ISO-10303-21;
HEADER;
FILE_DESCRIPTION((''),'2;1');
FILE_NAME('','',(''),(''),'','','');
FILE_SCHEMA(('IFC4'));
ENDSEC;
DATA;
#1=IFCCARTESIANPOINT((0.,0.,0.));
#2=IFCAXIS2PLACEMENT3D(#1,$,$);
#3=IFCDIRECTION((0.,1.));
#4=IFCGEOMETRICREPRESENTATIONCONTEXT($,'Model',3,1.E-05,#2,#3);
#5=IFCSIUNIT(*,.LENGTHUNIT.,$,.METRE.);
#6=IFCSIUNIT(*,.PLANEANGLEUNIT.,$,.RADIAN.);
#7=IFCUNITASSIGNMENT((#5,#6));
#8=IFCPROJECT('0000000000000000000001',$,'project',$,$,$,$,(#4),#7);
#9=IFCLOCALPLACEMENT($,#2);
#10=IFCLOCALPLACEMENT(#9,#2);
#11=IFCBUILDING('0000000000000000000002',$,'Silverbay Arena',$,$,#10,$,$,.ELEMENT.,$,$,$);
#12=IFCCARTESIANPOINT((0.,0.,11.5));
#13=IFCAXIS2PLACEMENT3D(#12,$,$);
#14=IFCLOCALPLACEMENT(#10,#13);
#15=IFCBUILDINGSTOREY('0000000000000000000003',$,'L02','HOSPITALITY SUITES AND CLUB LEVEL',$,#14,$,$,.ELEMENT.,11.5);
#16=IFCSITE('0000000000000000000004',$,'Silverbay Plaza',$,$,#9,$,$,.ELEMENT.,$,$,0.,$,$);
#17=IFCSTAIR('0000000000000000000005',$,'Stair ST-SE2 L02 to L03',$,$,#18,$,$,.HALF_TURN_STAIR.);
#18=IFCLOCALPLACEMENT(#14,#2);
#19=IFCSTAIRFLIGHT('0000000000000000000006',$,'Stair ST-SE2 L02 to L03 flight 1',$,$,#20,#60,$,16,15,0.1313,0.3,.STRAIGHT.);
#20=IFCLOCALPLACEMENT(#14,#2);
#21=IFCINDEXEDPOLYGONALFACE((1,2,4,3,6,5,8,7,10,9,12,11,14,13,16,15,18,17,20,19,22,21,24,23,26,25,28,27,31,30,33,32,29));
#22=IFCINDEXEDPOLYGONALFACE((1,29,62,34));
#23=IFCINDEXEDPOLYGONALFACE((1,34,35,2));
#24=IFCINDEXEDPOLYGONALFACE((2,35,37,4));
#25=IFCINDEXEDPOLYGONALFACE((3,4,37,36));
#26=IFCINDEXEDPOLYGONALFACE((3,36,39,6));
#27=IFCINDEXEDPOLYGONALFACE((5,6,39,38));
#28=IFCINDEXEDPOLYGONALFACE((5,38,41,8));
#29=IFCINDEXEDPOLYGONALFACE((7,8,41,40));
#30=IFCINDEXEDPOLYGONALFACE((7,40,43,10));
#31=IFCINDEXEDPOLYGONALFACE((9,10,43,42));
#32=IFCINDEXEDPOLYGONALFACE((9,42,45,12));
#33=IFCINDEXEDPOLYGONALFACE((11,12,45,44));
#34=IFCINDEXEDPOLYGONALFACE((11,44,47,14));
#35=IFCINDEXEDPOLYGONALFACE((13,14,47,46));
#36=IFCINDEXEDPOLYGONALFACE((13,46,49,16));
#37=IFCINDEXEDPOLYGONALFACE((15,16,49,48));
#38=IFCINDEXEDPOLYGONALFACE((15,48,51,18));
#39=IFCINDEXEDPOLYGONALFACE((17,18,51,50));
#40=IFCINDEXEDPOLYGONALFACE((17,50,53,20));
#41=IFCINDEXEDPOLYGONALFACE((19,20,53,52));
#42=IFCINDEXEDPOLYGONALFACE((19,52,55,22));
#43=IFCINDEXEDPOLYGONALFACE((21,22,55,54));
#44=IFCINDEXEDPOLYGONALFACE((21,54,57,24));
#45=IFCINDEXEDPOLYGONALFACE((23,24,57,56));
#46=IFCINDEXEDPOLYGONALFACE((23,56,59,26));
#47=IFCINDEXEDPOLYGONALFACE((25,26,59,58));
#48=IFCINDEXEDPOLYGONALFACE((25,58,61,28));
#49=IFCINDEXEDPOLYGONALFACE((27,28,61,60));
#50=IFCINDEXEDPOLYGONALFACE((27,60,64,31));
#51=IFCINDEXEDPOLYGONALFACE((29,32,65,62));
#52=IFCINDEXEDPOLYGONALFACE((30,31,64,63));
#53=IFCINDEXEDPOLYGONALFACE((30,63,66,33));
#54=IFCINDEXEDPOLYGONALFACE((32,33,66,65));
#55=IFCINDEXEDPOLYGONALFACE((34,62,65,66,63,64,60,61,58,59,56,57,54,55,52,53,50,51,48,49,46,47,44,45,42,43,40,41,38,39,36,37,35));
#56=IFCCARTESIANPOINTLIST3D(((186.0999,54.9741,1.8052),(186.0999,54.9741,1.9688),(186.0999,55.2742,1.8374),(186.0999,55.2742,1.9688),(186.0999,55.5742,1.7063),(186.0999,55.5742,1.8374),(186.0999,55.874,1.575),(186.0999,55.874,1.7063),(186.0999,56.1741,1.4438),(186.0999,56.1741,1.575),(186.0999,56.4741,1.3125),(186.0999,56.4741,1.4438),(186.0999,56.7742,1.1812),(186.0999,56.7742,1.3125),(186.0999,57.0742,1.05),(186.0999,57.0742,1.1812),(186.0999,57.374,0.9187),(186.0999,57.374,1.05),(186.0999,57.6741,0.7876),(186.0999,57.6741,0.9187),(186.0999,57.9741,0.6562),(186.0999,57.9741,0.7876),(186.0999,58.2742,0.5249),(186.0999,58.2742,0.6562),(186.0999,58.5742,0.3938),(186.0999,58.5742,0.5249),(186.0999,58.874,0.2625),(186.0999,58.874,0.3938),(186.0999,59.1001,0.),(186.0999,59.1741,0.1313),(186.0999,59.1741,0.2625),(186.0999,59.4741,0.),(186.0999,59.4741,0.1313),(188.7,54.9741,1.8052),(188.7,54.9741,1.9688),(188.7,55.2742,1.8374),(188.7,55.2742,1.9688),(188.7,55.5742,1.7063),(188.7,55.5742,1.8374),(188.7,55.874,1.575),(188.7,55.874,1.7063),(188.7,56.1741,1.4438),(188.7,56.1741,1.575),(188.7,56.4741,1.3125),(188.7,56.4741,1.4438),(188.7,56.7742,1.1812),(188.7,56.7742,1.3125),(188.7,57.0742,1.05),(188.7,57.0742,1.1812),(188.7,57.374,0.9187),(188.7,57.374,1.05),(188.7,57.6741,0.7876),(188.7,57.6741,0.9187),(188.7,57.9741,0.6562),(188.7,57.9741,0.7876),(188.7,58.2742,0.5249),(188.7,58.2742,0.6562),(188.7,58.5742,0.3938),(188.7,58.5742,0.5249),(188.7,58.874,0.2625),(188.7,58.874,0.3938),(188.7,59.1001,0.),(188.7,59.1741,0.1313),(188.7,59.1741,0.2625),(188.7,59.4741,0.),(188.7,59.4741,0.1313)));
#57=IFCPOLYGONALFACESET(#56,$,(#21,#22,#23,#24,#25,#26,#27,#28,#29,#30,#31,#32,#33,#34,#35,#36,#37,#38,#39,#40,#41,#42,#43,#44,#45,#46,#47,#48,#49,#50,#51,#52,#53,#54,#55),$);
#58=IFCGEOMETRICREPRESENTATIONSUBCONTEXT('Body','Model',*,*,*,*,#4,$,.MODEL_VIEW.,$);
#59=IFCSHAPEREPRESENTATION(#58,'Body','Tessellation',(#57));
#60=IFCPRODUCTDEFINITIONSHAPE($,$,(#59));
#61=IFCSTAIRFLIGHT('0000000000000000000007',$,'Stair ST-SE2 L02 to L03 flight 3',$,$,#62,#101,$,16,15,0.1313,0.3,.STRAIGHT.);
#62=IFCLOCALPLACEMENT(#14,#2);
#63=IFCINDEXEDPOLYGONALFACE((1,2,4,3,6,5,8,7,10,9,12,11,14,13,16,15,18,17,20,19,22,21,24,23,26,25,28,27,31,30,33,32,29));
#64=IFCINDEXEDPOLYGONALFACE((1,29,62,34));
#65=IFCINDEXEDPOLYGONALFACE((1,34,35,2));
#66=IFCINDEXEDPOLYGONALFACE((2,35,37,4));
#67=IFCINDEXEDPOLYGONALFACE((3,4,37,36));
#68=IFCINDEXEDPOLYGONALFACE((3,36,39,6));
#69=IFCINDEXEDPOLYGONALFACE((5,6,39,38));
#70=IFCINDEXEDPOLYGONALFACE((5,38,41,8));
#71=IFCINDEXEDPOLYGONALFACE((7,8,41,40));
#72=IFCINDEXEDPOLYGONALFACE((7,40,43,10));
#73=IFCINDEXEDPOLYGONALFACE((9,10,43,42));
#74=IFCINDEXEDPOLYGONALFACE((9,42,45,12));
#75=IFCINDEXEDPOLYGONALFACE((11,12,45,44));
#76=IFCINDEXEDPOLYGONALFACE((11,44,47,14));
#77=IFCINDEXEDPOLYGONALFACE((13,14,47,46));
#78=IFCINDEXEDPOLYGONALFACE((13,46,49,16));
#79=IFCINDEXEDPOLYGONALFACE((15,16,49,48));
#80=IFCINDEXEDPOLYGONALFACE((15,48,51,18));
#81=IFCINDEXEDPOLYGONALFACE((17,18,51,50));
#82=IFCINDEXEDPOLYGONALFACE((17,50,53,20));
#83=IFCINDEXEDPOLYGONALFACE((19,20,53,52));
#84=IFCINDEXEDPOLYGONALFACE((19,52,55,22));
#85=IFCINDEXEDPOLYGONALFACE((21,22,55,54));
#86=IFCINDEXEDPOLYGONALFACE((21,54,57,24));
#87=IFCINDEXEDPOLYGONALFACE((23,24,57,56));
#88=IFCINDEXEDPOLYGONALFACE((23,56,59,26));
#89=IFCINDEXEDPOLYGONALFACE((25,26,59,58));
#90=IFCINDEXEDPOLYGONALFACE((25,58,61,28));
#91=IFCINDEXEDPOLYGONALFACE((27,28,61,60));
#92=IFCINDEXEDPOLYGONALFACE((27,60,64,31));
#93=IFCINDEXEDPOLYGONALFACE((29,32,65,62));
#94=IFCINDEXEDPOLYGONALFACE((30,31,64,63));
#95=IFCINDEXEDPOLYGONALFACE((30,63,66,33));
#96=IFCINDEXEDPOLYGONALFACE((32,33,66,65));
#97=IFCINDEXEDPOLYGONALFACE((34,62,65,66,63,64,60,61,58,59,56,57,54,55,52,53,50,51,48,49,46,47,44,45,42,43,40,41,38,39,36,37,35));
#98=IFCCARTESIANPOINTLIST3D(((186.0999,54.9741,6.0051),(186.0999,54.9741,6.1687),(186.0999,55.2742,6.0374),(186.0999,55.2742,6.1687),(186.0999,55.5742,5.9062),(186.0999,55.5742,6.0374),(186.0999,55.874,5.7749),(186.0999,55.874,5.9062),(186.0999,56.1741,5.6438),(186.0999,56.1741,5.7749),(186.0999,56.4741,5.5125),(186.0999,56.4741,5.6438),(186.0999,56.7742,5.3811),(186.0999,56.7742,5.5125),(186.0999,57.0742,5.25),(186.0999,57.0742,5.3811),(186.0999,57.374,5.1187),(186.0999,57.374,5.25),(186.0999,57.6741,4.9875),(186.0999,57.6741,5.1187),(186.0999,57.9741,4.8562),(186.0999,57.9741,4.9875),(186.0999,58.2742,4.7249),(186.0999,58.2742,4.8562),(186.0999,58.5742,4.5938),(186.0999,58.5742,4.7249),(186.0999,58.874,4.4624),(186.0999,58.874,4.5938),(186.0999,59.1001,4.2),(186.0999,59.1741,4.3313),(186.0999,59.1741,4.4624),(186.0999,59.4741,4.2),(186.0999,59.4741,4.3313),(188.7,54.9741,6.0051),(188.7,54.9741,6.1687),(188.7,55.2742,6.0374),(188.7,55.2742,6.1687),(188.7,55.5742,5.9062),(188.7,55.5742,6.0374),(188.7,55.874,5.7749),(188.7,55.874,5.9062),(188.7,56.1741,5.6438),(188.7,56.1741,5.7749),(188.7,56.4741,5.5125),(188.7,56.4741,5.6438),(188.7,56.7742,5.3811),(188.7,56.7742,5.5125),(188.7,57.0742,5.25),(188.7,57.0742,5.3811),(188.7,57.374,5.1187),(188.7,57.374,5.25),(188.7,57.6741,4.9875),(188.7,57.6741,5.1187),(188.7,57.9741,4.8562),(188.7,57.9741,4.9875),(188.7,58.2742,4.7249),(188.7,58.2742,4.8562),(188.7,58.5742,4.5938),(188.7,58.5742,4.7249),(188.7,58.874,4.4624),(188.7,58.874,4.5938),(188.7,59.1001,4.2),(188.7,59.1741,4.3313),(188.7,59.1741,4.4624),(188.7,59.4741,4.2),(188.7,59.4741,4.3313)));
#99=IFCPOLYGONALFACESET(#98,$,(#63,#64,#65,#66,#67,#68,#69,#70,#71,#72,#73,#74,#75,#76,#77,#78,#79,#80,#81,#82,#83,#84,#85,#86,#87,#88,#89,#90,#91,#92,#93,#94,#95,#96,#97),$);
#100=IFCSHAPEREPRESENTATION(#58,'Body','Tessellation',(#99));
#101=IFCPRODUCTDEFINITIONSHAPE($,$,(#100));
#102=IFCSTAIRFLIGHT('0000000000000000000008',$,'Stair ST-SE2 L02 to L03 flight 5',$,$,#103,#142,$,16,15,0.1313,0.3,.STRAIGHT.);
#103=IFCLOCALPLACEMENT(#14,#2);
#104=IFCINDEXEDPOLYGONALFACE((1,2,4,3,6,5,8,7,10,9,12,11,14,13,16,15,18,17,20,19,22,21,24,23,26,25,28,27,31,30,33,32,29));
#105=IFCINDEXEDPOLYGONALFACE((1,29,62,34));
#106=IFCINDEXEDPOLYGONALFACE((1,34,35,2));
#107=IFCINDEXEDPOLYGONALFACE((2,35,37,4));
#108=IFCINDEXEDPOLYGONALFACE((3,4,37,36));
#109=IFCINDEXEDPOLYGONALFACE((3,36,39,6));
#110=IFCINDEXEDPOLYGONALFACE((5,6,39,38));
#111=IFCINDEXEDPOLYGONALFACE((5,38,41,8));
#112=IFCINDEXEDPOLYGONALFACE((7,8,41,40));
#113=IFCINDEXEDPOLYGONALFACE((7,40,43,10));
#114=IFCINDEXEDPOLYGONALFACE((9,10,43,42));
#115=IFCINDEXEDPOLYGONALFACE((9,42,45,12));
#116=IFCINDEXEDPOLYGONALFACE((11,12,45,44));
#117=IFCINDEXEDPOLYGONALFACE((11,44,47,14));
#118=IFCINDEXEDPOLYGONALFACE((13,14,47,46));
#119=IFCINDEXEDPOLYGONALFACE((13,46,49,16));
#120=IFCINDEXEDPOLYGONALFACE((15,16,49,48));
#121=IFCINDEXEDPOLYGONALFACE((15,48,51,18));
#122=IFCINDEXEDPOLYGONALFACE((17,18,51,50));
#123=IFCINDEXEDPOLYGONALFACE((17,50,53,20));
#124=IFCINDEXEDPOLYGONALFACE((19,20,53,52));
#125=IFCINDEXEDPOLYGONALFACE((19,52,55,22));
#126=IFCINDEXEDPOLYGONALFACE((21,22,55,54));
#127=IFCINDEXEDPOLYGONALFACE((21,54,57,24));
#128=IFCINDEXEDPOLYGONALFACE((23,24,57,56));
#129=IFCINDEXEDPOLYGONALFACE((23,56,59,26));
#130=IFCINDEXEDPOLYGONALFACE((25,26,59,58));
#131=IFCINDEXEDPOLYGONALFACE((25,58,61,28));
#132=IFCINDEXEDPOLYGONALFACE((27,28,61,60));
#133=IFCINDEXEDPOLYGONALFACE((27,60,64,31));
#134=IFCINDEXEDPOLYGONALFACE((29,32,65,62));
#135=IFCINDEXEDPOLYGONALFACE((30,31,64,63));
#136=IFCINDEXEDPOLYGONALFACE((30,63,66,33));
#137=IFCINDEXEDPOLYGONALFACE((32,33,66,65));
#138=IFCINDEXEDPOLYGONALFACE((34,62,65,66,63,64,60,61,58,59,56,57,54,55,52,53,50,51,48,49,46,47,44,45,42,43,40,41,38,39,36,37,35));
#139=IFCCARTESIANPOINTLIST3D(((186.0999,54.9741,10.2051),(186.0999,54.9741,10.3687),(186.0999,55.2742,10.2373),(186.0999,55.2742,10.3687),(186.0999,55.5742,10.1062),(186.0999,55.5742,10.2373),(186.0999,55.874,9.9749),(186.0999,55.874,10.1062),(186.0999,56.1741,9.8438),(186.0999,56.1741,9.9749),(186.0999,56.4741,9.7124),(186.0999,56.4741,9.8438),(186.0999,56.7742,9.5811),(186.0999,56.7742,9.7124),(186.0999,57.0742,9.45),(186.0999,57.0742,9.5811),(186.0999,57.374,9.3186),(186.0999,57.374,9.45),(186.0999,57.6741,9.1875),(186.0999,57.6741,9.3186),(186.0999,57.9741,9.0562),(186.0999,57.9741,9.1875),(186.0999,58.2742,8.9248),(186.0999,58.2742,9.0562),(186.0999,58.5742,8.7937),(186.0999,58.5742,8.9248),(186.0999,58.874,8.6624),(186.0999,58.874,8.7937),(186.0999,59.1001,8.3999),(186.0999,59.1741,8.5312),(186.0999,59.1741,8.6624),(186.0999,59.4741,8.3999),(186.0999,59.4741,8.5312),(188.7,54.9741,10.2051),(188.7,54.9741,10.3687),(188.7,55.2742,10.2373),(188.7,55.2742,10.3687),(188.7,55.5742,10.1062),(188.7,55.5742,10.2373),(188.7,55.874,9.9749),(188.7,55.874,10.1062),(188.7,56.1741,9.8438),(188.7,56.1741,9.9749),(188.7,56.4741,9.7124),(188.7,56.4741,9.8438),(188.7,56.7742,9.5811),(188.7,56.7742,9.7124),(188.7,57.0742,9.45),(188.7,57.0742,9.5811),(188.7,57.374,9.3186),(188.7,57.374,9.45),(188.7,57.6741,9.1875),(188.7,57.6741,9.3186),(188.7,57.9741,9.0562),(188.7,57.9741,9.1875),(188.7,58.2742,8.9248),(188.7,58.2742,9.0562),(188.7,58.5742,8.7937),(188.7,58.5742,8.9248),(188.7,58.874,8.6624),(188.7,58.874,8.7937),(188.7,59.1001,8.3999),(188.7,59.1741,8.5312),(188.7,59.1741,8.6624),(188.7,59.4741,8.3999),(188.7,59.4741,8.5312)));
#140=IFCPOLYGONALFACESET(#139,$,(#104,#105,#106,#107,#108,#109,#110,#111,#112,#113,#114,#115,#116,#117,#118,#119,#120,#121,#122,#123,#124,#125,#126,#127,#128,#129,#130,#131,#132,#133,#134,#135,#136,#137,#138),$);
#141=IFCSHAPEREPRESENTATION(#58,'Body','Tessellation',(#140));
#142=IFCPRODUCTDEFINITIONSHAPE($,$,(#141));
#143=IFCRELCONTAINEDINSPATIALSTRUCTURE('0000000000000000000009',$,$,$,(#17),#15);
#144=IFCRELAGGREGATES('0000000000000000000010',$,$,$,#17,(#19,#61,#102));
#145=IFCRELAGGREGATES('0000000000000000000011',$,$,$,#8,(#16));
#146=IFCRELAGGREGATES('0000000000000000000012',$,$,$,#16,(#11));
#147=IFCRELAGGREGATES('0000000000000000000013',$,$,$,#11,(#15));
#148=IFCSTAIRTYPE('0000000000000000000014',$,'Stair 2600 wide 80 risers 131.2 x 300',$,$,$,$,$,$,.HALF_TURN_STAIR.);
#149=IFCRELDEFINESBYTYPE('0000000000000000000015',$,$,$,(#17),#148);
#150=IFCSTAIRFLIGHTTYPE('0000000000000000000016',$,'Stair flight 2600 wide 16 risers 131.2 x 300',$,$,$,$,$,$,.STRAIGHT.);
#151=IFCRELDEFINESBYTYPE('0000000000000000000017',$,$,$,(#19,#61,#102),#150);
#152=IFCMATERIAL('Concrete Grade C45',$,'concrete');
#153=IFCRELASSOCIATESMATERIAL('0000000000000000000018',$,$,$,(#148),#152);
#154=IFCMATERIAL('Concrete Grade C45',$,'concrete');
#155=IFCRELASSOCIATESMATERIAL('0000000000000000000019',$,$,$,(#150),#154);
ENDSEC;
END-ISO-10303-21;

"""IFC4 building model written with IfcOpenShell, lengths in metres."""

from ifc_helpers import new_model, si_unit, direction, frame, origin, place, context, subcontext, project, spatial, polyline, outline, extrude, material, type_object, element, aggregate, save


model = new_model("IFC4")

# Units and contexts
model_context = context("Model", 3, precision=1e-05, world=origin(), true_north=direction((0.0, 1.0)))
body_context = subcontext(model_context, "Body", "Model", "MODEL_VIEW")
ifc_project = project(units=[si_unit("LENGTHUNIT", "METRE"), si_unit("PLANEANGLEUNIT", "RADIAN")], contexts=[model_context])

# Site, building, storey
site_placement = place(None, origin())
site = spatial("IfcSite", under=ifc_project, at=site_placement, Name="Silverbay Plaza", CompositionType="ELEMENT", RefElevation=0.0)
building_placement = place(site_placement, origin())
building = spatial("IfcBuilding", under=site, at=building_placement, Name="Silverbay Arena", CompositionType="ELEMENT")
storey_placement = place(building_placement, frame((0.0, 0.0, 11.5)))
storey = spatial("IfcBuildingStorey", under=building, at=storey_placement, Name="L02", Description="HOSPITALITY SUITES AND CLUB LEVEL", CompositionType="ELEMENT", Elevation=11.5)

# Stair, stair flights
ifc_material_1 = material(Name="Concrete Grade C45", Category="concrete")
stair_type = type_object("IfcStairType", Name="Stair 2600 wide 80 risers 131.2 x 300", PredefinedType="HALF_TURN_STAIR", material=ifc_material_1)
ifc_material_2 = material(Name="Concrete Grade C45", Category="concrete")
stair_flight_type = type_object("IfcStairFlightType", Name="Stair flight 2600 wide 16 risers 131.2 x 300", PredefinedType="STRAIGHT", material=ifc_material_2)
stair_1_placement = place(storey_placement, origin())
stair_1 = element("IfcStair", 1, at=stair_1_placement, inside=storey, type_object=stair_type, Name="Stair ST-SE2 L02 to L03", PredefinedType="HALF_TURN_STAIR")
stair_flight_1_placement = place(storey_placement, frame((187.3999, 59.4741, 0.0), z_axis=(0.0, 0.0, 1.0), x_axis=(0.0, -1.0, 0.0)))
stair_flight_1 = element("IfcStairFlight", 2, at=stair_flight_1_placement, type_object=stair_flight_type, Name="Stair ST-SE2 L02 to L03 flight 1", NumberOfRisers=16, NumberOfTreads=15, PredefinedType="STRAIGHT", RiserHeight=0.1313, TreadLength=0.3, context=body_context, shape_type="SweptSolid", body=[
    extrude(outline(polyline([(0.0, 0.0), (0.0, 0.1313), (0.3, 0.1313), (0.3, 0.2625), (0.6001, 0.2625), (0.6001, 0.3938), (0.8999, 0.3938), (0.8999, 0.5249), (1.2, 0.5249), (1.2, 0.6562), (1.5, 0.6562), (1.5, 0.7876), (1.8, 0.7876), (1.8, 0.9187), (2.1001, 0.9187), (2.1001, 1.05), (2.3999, 1.05), (2.3999, 1.1812), (2.7, 1.1812), (2.7, 1.3125), (3.0, 1.3125), (3.0, 1.4438), (3.3, 1.4438), (3.3, 1.575), (3.6001, 1.575), (3.6001, 1.7063), (3.8999, 1.7063), (3.8999, 1.8374), (4.2, 1.8374), (4.2, 1.9688), (4.5, 1.9688), (4.5, 1.8052), (0.374, 0.0), (0.0, 0.0)])), frame((0.0, 1.3, 0.0), z_axis=(0.0, -1.0, 0.0), x_axis=(1.0, 0.0, 0.0)), (0.0, 0.0, 1.0), 2.6001),
])
stair_flight_2_placement = place(storey_placement, frame((187.3999, 59.4741, 4.2), z_axis=(0.0, 0.0, 1.0), x_axis=(0.0, -1.0, 0.0)))
stair_flight_2 = element("IfcStairFlight", 3, at=stair_flight_2_placement, type_object=stair_flight_type, Name="Stair ST-SE2 L02 to L03 flight 3", NumberOfRisers=16, NumberOfTreads=15, PredefinedType="STRAIGHT", RiserHeight=0.1313, TreadLength=0.3, context=body_context, shape_type="SweptSolid", body=[
    extrude(outline(polyline([(0.0, 0.0), (0.0, 0.1313), (0.3, 0.1313), (0.3, 0.2625), (0.6001, 0.2625), (0.6001, 0.3938), (0.8999, 0.3938), (0.8999, 0.5249), (1.2, 0.5249), (1.2, 0.6562), (1.5, 0.6562), (1.5, 0.7876), (1.8, 0.7876), (1.8, 0.9187), (2.1001, 0.9187), (2.1001, 1.05), (2.3999, 1.05), (2.3999, 1.1812), (2.7, 1.1812), (2.7, 1.3125), (3.0, 1.3125), (3.0, 1.4438), (3.3, 1.4438), (3.3, 1.575), (3.6001, 1.575), (3.6001, 1.7063), (3.8999, 1.7063), (3.8999, 1.8374), (4.2, 1.8374), (4.2, 1.9688), (4.5, 1.9688), (4.5, 1.8052), (0.374, 0.0), (0.0, 0.0)])), frame((0.0, 1.3, 0.0), z_axis=(0.0, -1.0, 0.0), x_axis=(1.0, 0.0, 0.0)), (0.0, 0.0, 1.0), 2.6001),
])
stair_flight_3_placement = place(storey_placement, frame((187.3999, 59.4741, 8.3999), z_axis=(0.0, 0.0, 1.0), x_axis=(0.0, -1.0, 0.0)))
stair_flight_3 = element("IfcStairFlight", 4, at=stair_flight_3_placement, type_object=stair_flight_type, Name="Stair ST-SE2 L02 to L03 flight 5", NumberOfRisers=16, NumberOfTreads=15, PredefinedType="STRAIGHT", RiserHeight=0.1313, TreadLength=0.3, context=body_context, shape_type="SweptSolid", body=[
    extrude(outline(polyline([(0.0, 0.0), (0.0, 0.1313), (0.3, 0.1313), (0.3, 0.2625), (0.6001, 0.2625), (0.6001, 0.3938), (0.8999, 0.3938), (0.8999, 0.5249), (1.2, 0.5249), (1.2, 0.6562), (1.5, 0.6562), (1.5, 0.7876), (1.8, 0.7876), (1.8, 0.9187), (2.1001, 0.9187), (2.1001, 1.05), (2.3999, 1.05), (2.3999, 1.1812), (2.7, 1.1812), (2.7, 1.3125), (3.0, 1.3125), (3.0, 1.4438), (3.3, 1.4438), (3.3, 1.575), (3.6001, 1.575), (3.6001, 1.7063), (3.8999, 1.7063), (3.8999, 1.8374), (4.2, 1.8374), (4.2, 1.9688), (4.5, 1.9688), (4.5, 1.8052), (0.374, 0.0), (0.0, 0.0)])), frame((0.0, 1.3, 0.0), z_axis=(0.0, -1.0, 0.0), x_axis=(1.0, 0.0, 0.0)), (0.0, 0.0, 1.0), 2.6001),
])
aggregate(stair_1, [stair_flight_1, stair_flight_2, stair_flight_3])

save(model, "model.ifc")
